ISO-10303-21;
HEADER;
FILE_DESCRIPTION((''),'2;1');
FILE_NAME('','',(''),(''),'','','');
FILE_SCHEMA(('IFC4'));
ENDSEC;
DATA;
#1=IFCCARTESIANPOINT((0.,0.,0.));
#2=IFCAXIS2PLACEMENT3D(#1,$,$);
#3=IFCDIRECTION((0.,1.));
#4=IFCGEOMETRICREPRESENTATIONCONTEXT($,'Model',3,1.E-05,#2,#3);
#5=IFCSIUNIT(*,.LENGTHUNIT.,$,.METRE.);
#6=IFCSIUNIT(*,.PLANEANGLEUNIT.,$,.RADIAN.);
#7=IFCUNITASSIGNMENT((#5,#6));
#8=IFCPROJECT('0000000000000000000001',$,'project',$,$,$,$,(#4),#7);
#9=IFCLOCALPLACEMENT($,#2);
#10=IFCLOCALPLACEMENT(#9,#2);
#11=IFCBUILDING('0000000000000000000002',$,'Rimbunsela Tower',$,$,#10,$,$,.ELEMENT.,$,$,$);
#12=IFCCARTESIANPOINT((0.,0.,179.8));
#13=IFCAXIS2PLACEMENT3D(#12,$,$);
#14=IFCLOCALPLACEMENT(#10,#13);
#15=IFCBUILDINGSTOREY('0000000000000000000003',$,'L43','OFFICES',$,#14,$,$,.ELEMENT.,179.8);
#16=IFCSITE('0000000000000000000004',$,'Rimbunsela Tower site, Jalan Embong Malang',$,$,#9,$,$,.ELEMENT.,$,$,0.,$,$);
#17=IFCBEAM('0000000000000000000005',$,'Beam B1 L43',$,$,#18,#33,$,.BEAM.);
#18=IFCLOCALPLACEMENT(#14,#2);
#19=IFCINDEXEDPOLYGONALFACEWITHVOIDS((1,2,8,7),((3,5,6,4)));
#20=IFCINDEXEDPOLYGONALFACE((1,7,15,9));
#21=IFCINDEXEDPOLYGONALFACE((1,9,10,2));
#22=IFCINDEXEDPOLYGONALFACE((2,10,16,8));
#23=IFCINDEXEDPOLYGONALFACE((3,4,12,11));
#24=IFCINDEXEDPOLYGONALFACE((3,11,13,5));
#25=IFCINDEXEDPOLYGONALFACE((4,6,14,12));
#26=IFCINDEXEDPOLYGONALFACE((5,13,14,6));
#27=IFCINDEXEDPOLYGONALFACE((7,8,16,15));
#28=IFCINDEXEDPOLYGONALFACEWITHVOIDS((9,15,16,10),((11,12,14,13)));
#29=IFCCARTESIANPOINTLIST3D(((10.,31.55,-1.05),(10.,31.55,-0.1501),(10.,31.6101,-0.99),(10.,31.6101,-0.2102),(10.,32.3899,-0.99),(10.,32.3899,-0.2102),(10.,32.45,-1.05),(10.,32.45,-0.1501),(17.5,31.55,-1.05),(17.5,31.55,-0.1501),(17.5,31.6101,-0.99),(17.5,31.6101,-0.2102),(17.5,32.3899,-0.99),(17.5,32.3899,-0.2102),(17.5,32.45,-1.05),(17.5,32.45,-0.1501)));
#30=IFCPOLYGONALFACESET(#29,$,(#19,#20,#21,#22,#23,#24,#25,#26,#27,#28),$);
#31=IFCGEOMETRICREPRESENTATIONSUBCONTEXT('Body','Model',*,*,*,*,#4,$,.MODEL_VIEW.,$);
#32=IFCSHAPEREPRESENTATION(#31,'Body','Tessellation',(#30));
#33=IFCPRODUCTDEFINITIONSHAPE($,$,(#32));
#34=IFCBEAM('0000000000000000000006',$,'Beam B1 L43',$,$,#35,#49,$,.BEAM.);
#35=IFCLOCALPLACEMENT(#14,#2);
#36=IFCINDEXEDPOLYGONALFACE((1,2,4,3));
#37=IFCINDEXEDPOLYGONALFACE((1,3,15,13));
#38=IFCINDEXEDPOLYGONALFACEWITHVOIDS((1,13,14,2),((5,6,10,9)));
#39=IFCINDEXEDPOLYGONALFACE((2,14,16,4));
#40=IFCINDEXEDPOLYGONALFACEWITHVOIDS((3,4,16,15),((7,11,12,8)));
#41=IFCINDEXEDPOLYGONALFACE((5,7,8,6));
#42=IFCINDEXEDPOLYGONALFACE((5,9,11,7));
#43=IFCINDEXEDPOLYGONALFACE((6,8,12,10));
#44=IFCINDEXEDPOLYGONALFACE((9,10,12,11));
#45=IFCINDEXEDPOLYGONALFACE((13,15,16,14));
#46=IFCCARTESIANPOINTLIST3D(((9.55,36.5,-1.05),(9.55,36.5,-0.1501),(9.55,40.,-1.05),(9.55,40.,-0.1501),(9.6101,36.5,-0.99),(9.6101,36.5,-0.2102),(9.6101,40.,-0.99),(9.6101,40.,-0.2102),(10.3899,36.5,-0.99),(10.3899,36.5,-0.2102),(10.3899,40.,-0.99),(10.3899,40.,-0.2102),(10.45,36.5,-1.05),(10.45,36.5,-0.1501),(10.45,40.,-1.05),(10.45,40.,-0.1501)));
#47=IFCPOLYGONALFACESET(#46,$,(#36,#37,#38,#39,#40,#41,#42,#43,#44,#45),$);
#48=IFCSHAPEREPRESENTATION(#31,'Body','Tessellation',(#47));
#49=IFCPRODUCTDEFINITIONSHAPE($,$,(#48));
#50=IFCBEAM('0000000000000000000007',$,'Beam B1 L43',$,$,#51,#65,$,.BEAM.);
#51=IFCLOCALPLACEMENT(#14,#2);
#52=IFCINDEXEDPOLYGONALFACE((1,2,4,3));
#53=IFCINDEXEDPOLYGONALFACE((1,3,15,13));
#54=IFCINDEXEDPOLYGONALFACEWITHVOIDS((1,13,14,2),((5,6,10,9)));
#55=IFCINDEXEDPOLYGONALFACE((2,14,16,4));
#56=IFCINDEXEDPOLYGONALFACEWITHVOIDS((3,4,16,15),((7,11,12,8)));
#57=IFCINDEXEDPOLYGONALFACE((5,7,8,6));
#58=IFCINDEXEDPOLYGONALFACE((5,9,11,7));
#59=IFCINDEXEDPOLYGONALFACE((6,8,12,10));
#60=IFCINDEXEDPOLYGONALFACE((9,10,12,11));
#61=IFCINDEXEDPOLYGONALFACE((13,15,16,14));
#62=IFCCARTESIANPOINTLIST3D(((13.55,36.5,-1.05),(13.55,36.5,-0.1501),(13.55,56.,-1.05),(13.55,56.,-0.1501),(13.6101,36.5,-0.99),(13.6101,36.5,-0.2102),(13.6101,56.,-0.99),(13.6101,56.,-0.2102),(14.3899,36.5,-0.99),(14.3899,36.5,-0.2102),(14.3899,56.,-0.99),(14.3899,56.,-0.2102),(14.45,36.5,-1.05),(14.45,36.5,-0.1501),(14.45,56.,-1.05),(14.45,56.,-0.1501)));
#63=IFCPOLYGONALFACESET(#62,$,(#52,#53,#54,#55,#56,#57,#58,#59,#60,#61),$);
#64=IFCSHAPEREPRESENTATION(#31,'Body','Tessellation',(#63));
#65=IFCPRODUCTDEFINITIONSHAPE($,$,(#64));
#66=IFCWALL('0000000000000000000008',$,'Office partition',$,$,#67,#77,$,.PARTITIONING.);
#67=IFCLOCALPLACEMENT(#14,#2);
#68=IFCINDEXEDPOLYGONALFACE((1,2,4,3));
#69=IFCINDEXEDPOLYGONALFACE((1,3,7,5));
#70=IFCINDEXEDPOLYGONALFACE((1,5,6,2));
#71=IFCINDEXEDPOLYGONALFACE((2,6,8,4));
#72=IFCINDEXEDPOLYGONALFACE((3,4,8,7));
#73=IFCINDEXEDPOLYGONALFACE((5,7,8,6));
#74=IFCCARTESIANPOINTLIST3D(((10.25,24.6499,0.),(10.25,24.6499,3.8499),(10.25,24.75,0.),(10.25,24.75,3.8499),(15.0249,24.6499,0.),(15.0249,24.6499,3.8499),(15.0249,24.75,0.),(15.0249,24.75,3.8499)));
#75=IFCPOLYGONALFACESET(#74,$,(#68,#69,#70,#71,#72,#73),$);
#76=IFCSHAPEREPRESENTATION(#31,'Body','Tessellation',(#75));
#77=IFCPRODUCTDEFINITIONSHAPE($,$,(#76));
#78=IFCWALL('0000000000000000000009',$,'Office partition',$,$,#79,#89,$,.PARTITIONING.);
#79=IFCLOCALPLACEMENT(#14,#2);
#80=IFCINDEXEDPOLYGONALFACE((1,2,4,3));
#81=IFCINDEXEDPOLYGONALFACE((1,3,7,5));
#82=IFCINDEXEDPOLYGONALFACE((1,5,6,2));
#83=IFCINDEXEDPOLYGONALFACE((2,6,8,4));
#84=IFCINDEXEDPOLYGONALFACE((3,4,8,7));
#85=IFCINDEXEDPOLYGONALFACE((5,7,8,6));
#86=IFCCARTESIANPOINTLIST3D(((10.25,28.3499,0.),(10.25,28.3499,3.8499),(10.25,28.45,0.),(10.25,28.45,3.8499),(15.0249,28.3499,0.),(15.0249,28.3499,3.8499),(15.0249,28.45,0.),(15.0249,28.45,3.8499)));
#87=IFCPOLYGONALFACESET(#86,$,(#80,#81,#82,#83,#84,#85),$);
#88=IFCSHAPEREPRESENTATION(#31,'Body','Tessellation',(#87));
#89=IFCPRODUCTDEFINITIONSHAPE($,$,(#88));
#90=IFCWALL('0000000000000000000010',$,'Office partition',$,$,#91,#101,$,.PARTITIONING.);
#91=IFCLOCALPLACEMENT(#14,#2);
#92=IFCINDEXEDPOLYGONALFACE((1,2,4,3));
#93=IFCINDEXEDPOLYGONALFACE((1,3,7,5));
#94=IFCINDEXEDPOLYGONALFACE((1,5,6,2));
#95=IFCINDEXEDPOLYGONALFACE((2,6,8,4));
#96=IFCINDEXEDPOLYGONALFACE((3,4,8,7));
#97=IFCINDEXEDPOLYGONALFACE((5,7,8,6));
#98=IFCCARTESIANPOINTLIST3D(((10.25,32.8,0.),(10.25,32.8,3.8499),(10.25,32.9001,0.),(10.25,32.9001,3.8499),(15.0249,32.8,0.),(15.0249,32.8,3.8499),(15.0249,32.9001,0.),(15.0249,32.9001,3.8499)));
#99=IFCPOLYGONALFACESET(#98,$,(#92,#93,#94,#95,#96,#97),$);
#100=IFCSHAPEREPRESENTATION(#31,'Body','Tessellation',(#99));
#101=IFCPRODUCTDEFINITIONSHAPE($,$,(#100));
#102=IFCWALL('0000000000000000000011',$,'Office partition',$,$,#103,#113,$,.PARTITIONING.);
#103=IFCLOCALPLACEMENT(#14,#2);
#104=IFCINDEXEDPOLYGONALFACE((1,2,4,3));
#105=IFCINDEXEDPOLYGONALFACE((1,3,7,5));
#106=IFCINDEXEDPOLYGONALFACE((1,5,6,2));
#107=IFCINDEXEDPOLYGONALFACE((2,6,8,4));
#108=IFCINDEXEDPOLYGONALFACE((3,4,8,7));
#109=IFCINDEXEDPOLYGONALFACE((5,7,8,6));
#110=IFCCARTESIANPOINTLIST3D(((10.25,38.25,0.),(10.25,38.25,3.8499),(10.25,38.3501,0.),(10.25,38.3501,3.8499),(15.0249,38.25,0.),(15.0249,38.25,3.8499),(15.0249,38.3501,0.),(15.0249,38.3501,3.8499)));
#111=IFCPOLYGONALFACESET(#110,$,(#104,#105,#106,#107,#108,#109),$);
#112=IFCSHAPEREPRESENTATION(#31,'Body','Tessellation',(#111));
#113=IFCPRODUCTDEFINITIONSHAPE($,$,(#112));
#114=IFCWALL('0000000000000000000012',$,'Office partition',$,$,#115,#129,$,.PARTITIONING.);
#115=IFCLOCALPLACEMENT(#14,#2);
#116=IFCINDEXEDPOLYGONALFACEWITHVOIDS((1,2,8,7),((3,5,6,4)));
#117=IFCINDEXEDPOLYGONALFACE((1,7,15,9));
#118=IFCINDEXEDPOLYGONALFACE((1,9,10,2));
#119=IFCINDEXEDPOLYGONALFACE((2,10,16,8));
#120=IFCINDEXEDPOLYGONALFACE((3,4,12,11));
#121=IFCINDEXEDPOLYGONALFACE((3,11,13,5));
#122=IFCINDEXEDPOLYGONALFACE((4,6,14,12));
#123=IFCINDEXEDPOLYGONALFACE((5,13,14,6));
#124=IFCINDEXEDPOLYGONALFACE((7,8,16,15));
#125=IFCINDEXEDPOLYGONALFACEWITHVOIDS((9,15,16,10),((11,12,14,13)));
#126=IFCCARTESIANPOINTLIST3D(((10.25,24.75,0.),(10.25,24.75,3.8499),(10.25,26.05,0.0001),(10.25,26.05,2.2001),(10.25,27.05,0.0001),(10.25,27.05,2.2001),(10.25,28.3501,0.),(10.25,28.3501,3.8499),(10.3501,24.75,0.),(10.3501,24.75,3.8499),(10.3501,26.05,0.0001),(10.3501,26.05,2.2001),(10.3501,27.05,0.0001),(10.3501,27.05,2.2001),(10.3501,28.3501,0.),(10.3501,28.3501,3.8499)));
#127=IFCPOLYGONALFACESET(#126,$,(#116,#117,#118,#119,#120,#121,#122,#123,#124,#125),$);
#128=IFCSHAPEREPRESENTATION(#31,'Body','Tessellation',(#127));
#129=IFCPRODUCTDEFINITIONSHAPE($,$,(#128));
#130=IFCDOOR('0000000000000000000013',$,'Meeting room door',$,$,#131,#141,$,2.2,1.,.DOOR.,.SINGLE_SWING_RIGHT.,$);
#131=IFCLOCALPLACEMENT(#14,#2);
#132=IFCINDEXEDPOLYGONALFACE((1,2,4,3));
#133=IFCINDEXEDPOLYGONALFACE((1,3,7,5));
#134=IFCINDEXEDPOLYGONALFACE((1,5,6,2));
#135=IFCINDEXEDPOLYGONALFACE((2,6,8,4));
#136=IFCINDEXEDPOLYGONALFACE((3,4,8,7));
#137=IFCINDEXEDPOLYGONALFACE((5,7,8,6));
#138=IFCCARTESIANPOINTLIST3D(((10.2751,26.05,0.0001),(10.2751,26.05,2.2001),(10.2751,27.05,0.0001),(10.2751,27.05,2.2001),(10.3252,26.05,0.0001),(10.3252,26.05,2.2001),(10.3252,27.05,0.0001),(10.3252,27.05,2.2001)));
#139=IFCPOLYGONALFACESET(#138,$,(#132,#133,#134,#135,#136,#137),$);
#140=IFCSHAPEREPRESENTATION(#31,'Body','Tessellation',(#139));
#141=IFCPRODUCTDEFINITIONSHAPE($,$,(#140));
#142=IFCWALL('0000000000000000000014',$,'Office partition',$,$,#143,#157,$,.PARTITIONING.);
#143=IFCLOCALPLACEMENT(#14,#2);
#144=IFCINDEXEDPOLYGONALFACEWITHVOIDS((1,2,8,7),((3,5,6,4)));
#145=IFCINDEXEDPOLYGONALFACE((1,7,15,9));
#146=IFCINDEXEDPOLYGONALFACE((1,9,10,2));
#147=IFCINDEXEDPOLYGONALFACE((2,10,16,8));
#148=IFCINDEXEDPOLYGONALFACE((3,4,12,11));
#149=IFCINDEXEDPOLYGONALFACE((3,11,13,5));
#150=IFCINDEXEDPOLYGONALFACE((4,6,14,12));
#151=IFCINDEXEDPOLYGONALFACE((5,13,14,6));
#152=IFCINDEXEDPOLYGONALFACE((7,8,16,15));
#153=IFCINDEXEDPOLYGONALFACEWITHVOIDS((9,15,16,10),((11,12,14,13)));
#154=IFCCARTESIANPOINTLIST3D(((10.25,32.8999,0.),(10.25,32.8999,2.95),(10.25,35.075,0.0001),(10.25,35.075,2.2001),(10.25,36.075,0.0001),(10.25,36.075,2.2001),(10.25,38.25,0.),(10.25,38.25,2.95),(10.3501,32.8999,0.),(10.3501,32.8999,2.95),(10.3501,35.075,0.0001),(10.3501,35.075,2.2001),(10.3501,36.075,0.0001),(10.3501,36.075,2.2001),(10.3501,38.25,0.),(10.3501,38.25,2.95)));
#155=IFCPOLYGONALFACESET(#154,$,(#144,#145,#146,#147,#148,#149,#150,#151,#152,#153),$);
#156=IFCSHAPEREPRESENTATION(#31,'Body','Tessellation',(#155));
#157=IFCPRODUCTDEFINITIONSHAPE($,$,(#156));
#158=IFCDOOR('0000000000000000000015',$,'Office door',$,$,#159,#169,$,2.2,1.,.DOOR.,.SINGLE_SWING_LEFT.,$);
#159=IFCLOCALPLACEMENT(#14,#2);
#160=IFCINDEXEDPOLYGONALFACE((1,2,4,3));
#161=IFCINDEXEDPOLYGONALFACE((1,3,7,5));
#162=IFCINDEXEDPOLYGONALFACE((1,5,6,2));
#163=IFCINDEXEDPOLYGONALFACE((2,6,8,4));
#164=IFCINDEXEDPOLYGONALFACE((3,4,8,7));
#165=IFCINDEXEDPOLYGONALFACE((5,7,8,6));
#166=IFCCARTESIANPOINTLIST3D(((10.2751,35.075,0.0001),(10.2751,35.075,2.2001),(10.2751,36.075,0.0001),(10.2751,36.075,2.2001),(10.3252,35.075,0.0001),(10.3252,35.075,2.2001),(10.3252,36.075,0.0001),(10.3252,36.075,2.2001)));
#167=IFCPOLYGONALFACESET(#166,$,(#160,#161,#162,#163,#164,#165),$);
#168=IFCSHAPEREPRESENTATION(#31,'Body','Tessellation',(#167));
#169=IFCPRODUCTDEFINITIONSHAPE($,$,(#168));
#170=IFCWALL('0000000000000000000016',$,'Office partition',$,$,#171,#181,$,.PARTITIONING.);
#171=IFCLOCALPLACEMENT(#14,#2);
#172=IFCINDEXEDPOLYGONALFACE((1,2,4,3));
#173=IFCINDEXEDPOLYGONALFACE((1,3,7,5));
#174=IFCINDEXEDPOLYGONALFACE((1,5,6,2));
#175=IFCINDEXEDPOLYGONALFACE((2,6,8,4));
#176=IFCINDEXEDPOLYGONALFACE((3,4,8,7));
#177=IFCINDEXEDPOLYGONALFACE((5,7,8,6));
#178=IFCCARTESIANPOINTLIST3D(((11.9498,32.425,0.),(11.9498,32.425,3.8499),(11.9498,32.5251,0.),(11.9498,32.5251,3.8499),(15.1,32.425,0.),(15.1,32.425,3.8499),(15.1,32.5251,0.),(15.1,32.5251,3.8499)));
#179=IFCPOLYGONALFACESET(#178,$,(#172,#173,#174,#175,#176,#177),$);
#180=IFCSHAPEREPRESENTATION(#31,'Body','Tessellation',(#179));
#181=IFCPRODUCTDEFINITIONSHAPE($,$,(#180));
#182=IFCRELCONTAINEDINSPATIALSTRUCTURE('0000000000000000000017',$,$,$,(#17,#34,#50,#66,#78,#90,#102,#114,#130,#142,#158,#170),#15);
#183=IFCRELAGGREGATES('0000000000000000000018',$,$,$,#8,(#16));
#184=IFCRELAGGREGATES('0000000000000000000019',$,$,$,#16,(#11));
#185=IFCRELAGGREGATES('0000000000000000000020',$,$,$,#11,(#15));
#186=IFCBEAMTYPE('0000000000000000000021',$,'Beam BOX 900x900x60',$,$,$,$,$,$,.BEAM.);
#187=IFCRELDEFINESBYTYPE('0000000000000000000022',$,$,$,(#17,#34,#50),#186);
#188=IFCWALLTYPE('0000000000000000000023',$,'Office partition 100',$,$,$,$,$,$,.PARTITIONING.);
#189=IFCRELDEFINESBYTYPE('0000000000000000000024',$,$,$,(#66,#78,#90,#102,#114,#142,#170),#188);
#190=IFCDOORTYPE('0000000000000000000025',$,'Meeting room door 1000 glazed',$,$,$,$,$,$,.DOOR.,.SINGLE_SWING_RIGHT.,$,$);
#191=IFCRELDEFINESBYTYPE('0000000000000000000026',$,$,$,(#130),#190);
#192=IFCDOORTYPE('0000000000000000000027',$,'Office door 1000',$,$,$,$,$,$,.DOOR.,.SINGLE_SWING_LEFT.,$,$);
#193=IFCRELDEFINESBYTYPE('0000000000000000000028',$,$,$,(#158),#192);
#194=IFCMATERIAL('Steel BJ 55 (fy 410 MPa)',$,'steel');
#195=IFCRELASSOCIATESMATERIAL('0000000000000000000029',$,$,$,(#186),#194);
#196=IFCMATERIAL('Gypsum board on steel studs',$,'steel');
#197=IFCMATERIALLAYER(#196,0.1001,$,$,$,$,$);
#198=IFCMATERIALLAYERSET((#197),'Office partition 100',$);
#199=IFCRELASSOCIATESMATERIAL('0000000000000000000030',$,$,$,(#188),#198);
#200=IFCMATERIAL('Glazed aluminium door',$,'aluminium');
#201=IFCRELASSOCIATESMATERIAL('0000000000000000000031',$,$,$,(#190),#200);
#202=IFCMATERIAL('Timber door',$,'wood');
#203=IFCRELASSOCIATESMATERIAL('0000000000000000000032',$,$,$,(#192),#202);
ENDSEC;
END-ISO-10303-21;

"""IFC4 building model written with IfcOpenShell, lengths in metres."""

from ifc_helpers import new_model, si_unit, direction, frame, frame_2d, origin, origin_2d, place, context, subcontext, project, spatial, rectangle, hollow_rectangle, extrude, material, layer, layer_set, material_profile, profile_set, type_object, element, fill, save


model = new_model("IFC4")

# Units and contexts
model_context = context("Model", 3, precision=1e-05, world=origin(), true_north=direction((0.0, 1.0)))
body_context = subcontext(model_context, "Body", "Model", "MODEL_VIEW")
ifc_project = project(units=[si_unit("LENGTHUNIT", "METRE"), si_unit("PLANEANGLEUNIT", "RADIAN")], contexts=[model_context])

# Site, building, storey
site_placement = place(None, origin())
site = spatial("IfcSite", under=ifc_project, at=site_placement, Name="Rimbunsela Tower site, Jalan Embong Malang", CompositionType="ELEMENT", RefElevation=0.0)
building_placement = place(site_placement, origin())
building = spatial("IfcBuilding", under=site, at=building_placement, Name="Rimbunsela Tower", CompositionType="ELEMENT")
storey_placement = place(building_placement, frame((0.0, 0.0, 179.8)))
storey = spatial("IfcBuildingStorey", under=building, at=storey_placement, Name="L43", Description="OFFICES", CompositionType="ELEMENT", Elevation=179.8)

# Beams
ifc_material_1 = material(Name="Steel BJ 55 (fy 410 MPa)", Category="steel")
ifc_material_profile = material_profile(ifc_material_1, hollow_rectangle(XDim=0.8999, YDim=0.8999, WallThickness=0.0601, at=origin_2d()), Name="BOX 900x900x60")
ifc_profile_set = profile_set([ifc_material_profile], Name="Steel BJ 55 (fy 410 MPa)")
beam_type = type_object("IfcBeamType", Name="Beam BOX 900x900x60", PredefinedType="BEAM", material=ifc_profile_set)
beam_1_placement = place(storey_placement, frame((10.0, 32.0, -0.6001), z_axis=(1.0, 0.0, 0.0), x_axis=(0.0, 1.0, 0.0)))
element("IfcBeam", 1, at=beam_1_placement, inside=storey, type_object=beam_type, Name="Beam B1 L43", PredefinedType="BEAM", context=body_context, shape_type="SweptSolid", body=[
    extrude(hollow_rectangle(XDim=0.8999, YDim=0.8999, WallThickness=0.0601, at=origin_2d()), origin(), (0.0, 0.0, 1.0), 7.5),
])
beam_2_placement = place(storey_placement, frame((10.0, 36.5, -0.6001), z_axis=(0.0, 1.0, 0.0), x_axis=(-1.0, 0.0, 0.0)))
element("IfcBeam", 2, at=beam_2_placement, inside=storey, type_object=beam_type, Name="Beam B1 L43", PredefinedType="BEAM", context=body_context, shape_type="SweptSolid", body=[
    extrude(hollow_rectangle(XDim=0.8999, YDim=0.8999, WallThickness=0.0601, at=origin_2d()), origin(), (0.0, 0.0, 1.0), 3.5),
])
beam_3_placement = place(storey_placement, frame((14.0, 36.5, -0.6001), z_axis=(0.0, 1.0, 0.0), x_axis=(-1.0, 0.0, 0.0)))
element("IfcBeam", 3, at=beam_3_placement, inside=storey, type_object=beam_type, Name="Beam B1 L43", PredefinedType="BEAM", context=body_context, shape_type="SweptSolid", body=[
    extrude(hollow_rectangle(XDim=0.8999, YDim=0.8999, WallThickness=0.0601, at=origin_2d()), origin(), (0.0, 0.0, 1.0), 19.5),
])

# Walls
ifc_material_2 = material(Name="Gypsum board on steel studs", Category="steel")
ifc_layer = layer(ifc_material_2, 0.1001)
ifc_layer_set = layer_set([ifc_layer], Name="Office partition 100")
wall_type = type_object("IfcWallType", Name="Office partition 100", PredefinedType="PARTITIONING", material=ifc_layer_set)
for number, where, z_axis, x_axis, name in (
    (4, (10.25, 24.7, 0.0), (0.0, 0.0, 1.0), (1.0, 0.0, 0.0), "Office partition"),
    (5, (10.25, 28.3999, 0.0), (0.0, 0.0, 1.0), (1.0, 0.0, 0.0), "Office partition"),
    (6, (10.25, 32.8501, 0.0), (0.0, 0.0, 1.0), (1.0, 0.0, 0.0), "Office partition"),
    (7, (10.25, 38.3, 0.0), (0.0, 0.0, 1.0), (1.0, 0.0, 0.0), "Office partition"),
):
    element("IfcWall", number, at=place(storey_placement, frame(where, z_axis=z_axis, x_axis=x_axis)), inside=storey, type_object=wall_type, Name=name, PredefinedType="PARTITIONING", context=body_context, shape_type="SweptSolid", body=[
        extrude(rectangle(XDim=4.7749, YDim=0.1001, at=frame_2d((2.3875, 0.0))), origin(), (0.0, 0.0, 1.0), 3.8499),
    ])

# Walls, openings, doors
wall_1_placement = place(storey_placement, frame((10.3, 24.75, 0.0), z_axis=(0.0, 0.0, 1.0), x_axis=(0.0, 1.0, 0.0)))
wall_1 = element("IfcWall", 8, at=wall_1_placement, inside=storey, type_object=wall_type, Name="Office partition", PredefinedType="PARTITIONING", context=body_context, shape_type="SweptSolid", body=[
    extrude(rectangle(XDim=3.6001, YDim=0.1001, at=frame_2d((1.8, 0.0))), origin(), (0.0, 0.0, 1.0), 3.8499),
])
opening_1_placement = place(wall_1_placement, frame((1.3, 0.0, 0.0)))
opening_1 = element("IfcOpeningElement", 9, at=opening_1_placement, cuts=wall_1, PredefinedType="OPENING", context=body_context, shape_type="SweptSolid", body=[
    extrude(rectangle(XDim=1.0, YDim=2.2, at=frame_2d((0.5, 1.1001))), frame((0.0, 0.0601, 0.0), z_axis=(0.0, -1.0, 0.0), x_axis=(1.0, 0.0, 0.0)), (0.0, 0.0, 1.0), 0.1201),
])
ifc_material_3 = material(Name="Glazed aluminium door", Category="aluminium")
door_type_1 = type_object("IfcDoorType", Name="Meeting room door 1000 glazed", OperationType="SINGLE_SWING_RIGHT", PredefinedType="DOOR", material=ifc_material_3)
door_1_placement = place(opening_1_placement, origin())
door_1 = element("IfcDoor", 10, at=door_1_placement, inside=storey, type_object=door_type_1, Name="Meeting room door", OperationType="SINGLE_SWING_RIGHT", OverallHeight=2.2, OverallWidth=1.0, PredefinedType="DOOR", context=body_context, shape_type="SweptSolid", body=[
    extrude(rectangle(XDim=1.0, YDim=2.2, at=frame_2d((0.5, 1.1001))), frame((0.0, 0.0249, 0.0), z_axis=(0.0, -1.0, 0.0), x_axis=(1.0, 0.0, 0.0)), (0.0, 0.0, 1.0), 0.05),
])
fill(opening_1, door_1)
wall_2_placement = place(storey_placement, frame((10.3, 32.8999, 0.0), z_axis=(0.0, 0.0, 1.0), x_axis=(0.0, 1.0, 0.0)))
wall_2 = element("IfcWall", 11, at=wall_2_placement, inside=storey, type_object=wall_type, Name="Office partition", PredefinedType="PARTITIONING", context=body_context, shape_type="SweptSolid", body=[
    extrude(rectangle(XDim=5.3501, YDim=0.1001, at=frame_2d((2.675, 0.0))), origin(), (0.0, 0.0, 1.0), 2.95),
])
opening_2_placement = place(wall_2_placement, frame((2.175, 0.0, 0.0)))
opening_2 = element("IfcOpeningElement", 12, at=opening_2_placement, cuts=wall_2, PredefinedType="OPENING", context=body_context, shape_type="SweptSolid", body=[
    extrude(rectangle(XDim=1.0, YDim=2.2, at=frame_2d((0.5, 1.1001))), frame((0.0, 0.0601, 0.0), z_axis=(0.0, -1.0, 0.0), x_axis=(1.0, 0.0, 0.0)), (0.0, 0.0, 1.0), 0.1201),
])
ifc_material_4 = material(Name="Timber door", Category="wood")
door_type_2 = type_object("IfcDoorType", Name="Office door 1000", OperationType="SINGLE_SWING_LEFT", PredefinedType="DOOR", material=ifc_material_4)
door_2_placement = place(opening_2_placement, origin())
door_2 = element("IfcDoor", 13, at=door_2_placement, inside=storey, type_object=door_type_2, Name="Office door", OperationType="SINGLE_SWING_LEFT", OverallHeight=2.2, OverallWidth=1.0, PredefinedType="DOOR", context=body_context, shape_type="SweptSolid", body=[
    extrude(rectangle(XDim=1.0, YDim=2.2, at=frame_2d((0.5, 1.1001))), frame((0.0, 0.0249, 0.0), z_axis=(0.0, -1.0, 0.0), x_axis=(1.0, 0.0, 0.0)), (0.0, 0.0, 1.0), 0.05),
])
fill(opening_2, door_2)

# Wall
wall_3_placement = place(storey_placement, frame((15.1001, 32.4751, 0.0), z_axis=(0.0, 0.0, 1.0), x_axis=(-1.0, 0.0, 0.0)))
element("IfcWall", 14, at=wall_3_placement, inside=storey, type_object=wall_type, Name="Office partition", PredefinedType="PARTITIONING", context=body_context, shape_type="SweptSolid", body=[
    extrude(rectangle(XDim=3.1501, YDim=0.1001, at=frame_2d((1.5752, 0.0))), origin(), (0.0, 0.0, 1.0), 3.8499),
])

save(model, "model.ifc")
